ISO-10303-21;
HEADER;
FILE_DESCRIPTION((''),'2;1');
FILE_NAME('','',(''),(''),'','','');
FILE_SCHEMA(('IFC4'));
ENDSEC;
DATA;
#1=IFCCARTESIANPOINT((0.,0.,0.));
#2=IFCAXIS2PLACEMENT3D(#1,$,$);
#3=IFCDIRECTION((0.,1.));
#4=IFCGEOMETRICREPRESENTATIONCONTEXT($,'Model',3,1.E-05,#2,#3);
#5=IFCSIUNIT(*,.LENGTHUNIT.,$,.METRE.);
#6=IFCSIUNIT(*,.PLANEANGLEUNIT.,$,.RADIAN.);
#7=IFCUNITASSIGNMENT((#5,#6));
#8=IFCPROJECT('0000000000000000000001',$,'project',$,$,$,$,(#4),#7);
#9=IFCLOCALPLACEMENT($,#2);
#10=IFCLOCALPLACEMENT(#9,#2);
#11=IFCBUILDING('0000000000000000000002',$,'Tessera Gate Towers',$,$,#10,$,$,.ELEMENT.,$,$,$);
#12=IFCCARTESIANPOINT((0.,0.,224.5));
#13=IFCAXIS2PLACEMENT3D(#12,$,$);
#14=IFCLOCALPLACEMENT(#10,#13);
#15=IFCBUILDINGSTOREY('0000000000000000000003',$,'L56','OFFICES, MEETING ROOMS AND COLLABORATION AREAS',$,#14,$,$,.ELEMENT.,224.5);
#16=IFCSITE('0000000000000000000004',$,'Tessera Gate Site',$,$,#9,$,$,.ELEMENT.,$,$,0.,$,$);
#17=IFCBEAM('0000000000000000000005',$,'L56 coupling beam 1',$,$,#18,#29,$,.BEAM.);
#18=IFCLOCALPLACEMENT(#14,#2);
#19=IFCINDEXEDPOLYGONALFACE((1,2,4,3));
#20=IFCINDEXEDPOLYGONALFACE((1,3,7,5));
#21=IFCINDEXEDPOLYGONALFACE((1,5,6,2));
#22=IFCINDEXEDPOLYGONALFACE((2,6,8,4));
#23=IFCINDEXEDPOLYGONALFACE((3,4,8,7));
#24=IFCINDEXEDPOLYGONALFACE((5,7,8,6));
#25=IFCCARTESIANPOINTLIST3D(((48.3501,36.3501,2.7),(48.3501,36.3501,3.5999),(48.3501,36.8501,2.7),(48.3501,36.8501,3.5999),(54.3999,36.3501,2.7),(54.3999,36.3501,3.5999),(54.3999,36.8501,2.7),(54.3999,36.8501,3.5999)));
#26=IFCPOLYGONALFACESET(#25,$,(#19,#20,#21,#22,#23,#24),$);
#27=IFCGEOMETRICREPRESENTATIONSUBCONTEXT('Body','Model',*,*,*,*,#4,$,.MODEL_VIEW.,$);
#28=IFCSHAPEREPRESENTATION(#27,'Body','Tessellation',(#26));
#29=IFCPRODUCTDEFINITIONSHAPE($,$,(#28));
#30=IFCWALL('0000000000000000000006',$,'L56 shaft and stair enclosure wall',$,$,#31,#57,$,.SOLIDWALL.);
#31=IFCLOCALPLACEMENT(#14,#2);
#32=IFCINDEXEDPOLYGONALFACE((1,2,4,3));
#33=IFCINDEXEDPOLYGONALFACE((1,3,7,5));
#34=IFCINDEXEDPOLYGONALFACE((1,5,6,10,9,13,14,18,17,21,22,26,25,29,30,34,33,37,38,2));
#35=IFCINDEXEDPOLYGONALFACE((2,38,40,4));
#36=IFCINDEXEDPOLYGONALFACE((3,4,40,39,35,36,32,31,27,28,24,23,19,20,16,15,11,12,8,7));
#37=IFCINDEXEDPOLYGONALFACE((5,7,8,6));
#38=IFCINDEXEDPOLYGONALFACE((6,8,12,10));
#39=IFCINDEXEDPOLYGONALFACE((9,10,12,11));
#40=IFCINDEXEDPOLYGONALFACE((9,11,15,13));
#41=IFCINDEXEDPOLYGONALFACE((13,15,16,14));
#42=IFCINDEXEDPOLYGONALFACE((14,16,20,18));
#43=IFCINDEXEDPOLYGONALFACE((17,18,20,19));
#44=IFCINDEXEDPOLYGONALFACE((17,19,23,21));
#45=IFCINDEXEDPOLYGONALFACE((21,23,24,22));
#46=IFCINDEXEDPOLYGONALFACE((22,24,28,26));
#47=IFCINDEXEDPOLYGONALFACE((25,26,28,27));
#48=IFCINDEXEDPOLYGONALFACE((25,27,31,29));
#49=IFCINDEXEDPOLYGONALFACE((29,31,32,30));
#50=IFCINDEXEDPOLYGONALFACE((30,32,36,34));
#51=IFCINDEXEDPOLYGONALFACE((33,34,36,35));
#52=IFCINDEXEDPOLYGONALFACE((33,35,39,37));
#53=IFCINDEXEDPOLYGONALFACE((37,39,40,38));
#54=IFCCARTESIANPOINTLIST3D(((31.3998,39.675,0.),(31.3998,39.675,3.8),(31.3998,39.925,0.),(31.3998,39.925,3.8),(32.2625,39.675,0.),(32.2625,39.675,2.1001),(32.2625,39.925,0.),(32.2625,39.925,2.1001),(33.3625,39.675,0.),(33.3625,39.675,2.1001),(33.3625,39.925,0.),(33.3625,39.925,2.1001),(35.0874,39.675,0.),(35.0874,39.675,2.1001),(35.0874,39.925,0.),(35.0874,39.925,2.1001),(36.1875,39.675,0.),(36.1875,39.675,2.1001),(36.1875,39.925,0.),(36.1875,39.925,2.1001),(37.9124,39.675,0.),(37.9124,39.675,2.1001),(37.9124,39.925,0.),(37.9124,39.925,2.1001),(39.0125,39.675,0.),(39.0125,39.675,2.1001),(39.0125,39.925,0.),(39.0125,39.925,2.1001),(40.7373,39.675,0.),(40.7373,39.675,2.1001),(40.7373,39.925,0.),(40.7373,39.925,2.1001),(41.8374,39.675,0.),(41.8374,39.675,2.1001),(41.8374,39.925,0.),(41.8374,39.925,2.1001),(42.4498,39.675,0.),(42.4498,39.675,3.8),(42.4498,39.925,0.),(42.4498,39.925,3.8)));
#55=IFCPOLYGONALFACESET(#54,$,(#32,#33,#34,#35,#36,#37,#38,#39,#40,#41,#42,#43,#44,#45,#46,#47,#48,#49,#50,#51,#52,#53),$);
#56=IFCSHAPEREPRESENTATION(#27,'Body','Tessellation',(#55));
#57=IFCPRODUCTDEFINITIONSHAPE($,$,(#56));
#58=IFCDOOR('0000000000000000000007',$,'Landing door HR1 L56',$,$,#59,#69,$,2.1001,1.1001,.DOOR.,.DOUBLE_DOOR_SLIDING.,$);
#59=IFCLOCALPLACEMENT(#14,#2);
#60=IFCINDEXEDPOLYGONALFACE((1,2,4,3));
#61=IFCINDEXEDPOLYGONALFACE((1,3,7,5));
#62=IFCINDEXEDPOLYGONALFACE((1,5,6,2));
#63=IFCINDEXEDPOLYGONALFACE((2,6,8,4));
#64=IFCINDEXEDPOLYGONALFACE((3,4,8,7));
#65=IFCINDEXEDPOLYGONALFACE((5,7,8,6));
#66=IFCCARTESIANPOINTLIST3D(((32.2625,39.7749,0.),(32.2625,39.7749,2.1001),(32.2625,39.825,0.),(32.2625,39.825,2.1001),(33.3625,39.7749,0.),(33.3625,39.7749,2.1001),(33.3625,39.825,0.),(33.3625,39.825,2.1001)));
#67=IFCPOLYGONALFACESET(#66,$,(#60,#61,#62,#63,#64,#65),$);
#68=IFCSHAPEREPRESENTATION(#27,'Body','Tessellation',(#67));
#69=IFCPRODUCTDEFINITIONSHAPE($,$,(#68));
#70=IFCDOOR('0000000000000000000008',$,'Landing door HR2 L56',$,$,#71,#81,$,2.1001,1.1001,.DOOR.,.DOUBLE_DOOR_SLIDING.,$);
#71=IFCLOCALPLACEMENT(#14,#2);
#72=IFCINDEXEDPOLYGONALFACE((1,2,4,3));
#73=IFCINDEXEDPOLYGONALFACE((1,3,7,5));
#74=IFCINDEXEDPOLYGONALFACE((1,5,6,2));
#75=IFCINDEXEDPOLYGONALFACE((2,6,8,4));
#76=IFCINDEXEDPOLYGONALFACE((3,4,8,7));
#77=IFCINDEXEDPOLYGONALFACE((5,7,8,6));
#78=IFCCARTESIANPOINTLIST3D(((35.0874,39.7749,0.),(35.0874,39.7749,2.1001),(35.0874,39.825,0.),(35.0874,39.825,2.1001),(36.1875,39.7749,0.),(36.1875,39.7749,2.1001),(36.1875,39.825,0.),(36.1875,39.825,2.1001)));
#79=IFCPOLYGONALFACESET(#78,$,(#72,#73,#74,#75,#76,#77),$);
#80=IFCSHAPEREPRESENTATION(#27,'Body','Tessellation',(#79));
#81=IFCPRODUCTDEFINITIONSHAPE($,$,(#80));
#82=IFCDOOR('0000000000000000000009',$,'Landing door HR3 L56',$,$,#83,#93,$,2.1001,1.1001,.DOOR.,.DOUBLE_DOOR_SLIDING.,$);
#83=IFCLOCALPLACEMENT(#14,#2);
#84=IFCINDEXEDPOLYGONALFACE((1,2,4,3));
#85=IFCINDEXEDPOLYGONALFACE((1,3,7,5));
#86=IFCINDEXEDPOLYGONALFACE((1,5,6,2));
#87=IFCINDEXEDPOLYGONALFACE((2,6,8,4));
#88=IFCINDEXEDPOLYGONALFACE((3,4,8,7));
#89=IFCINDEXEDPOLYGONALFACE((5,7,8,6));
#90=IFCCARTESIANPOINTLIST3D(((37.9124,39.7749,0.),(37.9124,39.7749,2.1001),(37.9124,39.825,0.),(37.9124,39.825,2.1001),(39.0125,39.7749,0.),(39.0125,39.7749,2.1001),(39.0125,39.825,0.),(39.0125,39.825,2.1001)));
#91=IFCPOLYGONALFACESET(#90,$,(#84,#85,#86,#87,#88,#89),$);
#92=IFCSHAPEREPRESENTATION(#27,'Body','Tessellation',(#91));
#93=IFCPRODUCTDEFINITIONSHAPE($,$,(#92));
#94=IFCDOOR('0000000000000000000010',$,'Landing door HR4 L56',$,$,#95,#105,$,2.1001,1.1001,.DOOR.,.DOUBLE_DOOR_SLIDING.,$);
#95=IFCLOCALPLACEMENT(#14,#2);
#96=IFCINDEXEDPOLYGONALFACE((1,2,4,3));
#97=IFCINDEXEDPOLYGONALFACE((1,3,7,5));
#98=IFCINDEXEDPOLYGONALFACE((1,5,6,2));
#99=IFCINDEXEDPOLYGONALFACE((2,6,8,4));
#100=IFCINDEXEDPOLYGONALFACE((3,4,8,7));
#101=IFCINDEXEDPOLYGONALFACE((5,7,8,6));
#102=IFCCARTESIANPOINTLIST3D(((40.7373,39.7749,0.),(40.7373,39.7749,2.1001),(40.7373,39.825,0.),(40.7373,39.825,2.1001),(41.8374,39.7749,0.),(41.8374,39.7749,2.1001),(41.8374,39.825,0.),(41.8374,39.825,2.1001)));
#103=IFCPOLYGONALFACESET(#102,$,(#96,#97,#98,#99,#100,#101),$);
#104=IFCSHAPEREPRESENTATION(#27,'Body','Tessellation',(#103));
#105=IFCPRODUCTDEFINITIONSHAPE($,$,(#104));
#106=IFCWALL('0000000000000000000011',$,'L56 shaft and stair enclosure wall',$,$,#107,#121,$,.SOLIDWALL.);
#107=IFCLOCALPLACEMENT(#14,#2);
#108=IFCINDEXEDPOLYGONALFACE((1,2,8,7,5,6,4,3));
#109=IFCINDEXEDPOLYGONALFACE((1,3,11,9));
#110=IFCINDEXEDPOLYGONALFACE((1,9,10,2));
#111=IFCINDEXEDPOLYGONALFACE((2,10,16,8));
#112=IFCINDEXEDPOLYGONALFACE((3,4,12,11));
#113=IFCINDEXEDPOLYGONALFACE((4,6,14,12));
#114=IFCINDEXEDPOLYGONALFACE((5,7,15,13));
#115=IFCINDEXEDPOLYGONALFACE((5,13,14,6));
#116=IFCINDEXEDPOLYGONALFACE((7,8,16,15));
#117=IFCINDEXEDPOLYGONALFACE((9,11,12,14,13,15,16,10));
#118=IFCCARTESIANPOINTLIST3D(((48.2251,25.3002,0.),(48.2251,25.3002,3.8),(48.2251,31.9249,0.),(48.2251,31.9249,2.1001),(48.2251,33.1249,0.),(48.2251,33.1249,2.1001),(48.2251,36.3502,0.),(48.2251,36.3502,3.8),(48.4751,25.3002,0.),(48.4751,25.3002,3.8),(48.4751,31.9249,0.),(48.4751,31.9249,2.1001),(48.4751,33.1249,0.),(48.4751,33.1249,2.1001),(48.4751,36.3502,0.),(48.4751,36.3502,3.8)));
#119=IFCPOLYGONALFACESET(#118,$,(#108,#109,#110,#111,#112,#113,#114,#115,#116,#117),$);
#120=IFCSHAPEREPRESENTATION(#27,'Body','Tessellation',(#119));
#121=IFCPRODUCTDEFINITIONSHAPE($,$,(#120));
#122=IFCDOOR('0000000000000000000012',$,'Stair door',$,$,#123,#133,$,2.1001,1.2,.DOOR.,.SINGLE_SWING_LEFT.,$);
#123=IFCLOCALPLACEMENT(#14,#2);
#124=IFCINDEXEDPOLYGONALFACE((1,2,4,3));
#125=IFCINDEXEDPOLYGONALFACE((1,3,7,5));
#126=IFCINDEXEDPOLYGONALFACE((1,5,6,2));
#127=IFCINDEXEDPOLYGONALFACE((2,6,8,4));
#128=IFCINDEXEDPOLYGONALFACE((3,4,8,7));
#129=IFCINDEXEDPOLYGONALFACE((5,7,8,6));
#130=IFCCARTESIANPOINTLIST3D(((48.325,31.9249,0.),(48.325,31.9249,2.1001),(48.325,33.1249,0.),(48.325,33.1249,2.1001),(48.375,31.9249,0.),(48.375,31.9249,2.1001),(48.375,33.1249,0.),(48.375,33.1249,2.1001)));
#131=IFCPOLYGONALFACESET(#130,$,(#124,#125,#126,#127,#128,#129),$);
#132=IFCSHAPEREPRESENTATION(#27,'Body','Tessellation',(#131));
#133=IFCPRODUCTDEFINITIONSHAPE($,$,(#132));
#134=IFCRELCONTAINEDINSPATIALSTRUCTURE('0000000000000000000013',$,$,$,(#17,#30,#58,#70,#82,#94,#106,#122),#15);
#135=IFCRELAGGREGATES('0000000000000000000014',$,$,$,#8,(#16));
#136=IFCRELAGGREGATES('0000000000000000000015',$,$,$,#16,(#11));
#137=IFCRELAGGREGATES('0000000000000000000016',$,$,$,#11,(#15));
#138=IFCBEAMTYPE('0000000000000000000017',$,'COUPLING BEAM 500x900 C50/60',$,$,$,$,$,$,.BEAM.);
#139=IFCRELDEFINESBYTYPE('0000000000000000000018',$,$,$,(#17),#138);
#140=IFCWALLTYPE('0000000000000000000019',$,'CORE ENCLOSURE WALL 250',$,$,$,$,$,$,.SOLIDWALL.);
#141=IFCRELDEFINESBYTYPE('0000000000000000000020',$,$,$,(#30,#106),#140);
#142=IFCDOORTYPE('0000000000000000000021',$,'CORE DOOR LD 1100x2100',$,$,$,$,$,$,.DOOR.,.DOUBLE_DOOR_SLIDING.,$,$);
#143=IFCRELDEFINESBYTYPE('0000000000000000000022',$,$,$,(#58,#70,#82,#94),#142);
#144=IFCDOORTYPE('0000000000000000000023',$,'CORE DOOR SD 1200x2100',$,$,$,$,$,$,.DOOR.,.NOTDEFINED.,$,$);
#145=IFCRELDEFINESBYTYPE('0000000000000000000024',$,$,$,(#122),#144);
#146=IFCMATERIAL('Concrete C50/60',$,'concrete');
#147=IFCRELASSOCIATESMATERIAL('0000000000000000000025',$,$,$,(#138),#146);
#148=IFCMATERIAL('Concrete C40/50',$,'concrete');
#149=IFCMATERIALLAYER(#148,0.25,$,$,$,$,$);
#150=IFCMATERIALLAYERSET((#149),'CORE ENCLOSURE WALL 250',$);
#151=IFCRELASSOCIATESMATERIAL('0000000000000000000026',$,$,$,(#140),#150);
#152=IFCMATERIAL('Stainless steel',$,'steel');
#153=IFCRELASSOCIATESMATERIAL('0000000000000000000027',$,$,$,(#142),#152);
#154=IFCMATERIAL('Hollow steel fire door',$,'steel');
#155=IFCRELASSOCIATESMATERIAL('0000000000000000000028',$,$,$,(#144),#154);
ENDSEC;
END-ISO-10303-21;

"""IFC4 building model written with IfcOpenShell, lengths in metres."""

from ifc_helpers import new_model, si_unit, direction, frame, frame_2d, origin, origin_2d, place, context, subcontext, project, spatial, rectangle, extrude, source, transform, mapped, material, layer, layer_set, material_profile, profile_set, type_object, element, fill, save


model = new_model("IFC4")

# Units and contexts
model_context = context("Model", 3, precision=1e-05, world=origin(), true_north=direction((0.0, 1.0)))
body_context = subcontext(model_context, "Body", "Model", "MODEL_VIEW")
ifc_project = project(units=[si_unit("LENGTHUNIT", "METRE"), si_unit("PLANEANGLEUNIT", "RADIAN")], contexts=[model_context])

# Site, building, storey
site_placement = place(None, origin())
site = spatial("IfcSite", under=ifc_project, at=site_placement, Name="Tessera Gate Site", CompositionType="ELEMENT", RefElevation=0.0)
building_placement = place(site_placement, origin())
building = spatial("IfcBuilding", under=site, at=building_placement, Name="Tessera Gate Towers", CompositionType="ELEMENT")
storey_placement = place(building_placement, frame((0.0, 0.0, 224.5)))
storey = spatial("IfcBuildingStorey", under=building, at=storey_placement, Name="L56", Description="OFFICES, MEETING ROOMS AND COLLABORATION AREAS", CompositionType="ELEMENT", Elevation=224.5)

# Beam
ifc_material_1 = material(Name="Concrete C50/60", Category="concrete")
ifc_material_profile = material_profile(ifc_material_1, rectangle(XDim=0.5, YDim=0.8999, at=origin_2d()), Name="RC 500x900")
ifc_profile_set = profile_set([ifc_material_profile], Name="Concrete C50/60")
beam_type = type_object("IfcBeamType", Name="COUPLING BEAM 500x900 C50/60", PredefinedType="BEAM", material=ifc_profile_set)
beam_placement = place(storey_placement, frame((48.3501, 36.6001, 3.1499), z_axis=(1.0, 0.0, 0.0), x_axis=(0.0, 1.0, 0.0)))
element("IfcBeam", 1, at=beam_placement, inside=storey, type_object=beam_type, Name="L56 coupling beam 1", PredefinedType="BEAM", context=body_context, shape_type="SweptSolid", body=[
    extrude(rectangle(XDim=0.5, YDim=0.8999, at=origin_2d()), origin(), (0.0, 0.0, 1.0), 6.0498),
])

# Wall, openings, doors
ifc_material_2 = material(Name="Concrete C40/50", Category="concrete")
ifc_layer_1 = layer(ifc_material_2, 0.25)
ifc_layer_set_1 = layer_set([ifc_layer_1], Name="CORE ENCLOSURE WALL 250")
wall_type_1 = type_object("IfcWallType", Name="CORE ENCLOSURE WALL 250", PredefinedType="SOLIDWALL", material=ifc_layer_set_1)
wall_1_placement = place(storey_placement, frame((31.3999, 39.8, 0.0), z_axis=(0.0, 0.0, 1.0), x_axis=(1.0, 0.0, 0.0)))
wall_1 = element("IfcWall", 2, at=wall_1_placement, inside=storey, type_object=wall_type_1, Name="L56 shaft and stair enclosure wall", PredefinedType="SOLIDWALL", context=body_context, shape_type="SweptSolid", body=[
    extrude(rectangle(XDim=11.05, YDim=0.25, at=frame_2d((5.5249, 0.0))), origin(), (0.0, 0.0, 1.0), 3.8),
])
shared_shape_1 = source(origin(), body_context, "Body", "SweptSolid", [
    extrude(rectangle(XDim=1.1001, YDim=2.1001, at=frame_2d((0.55, 1.05))), frame((0.0, 0.135, 0.0), z_axis=(0.0, -1.0, 0.0), x_axis=(1.0, 0.0, 0.0)), (0.0, 0.0, 1.0), 0.27),
])
opening_1_placement = place(wall_1_placement, frame((0.8625, 0.0, 0.0)))
opening_1 = element("IfcOpeningElement", 3, at=opening_1_placement, cuts=wall_1, PredefinedType="OPENING", context=body_context, shape_type="MappedRepresentation", body=[
    mapped(shared_shape_1, transform((0.0, 0.0, 0.0), scale=1.0)),
])
opening_2_placement = place(wall_1_placement, frame((3.6875, 0.0, 0.0)))
opening_2 = element("IfcOpeningElement", 4, at=opening_2_placement, cuts=wall_1, PredefinedType="OPENING", context=body_context, shape_type="MappedRepresentation", body=[
    mapped(shared_shape_1, transform((0.0, 0.0, 0.0), scale=1.0)),
])
opening_3_placement = place(wall_1_placement, frame((6.5125, 0.0, 0.0)))
opening_3 = element("IfcOpeningElement", 5, at=opening_3_placement, cuts=wall_1, PredefinedType="OPENING", context=body_context, shape_type="MappedRepresentation", body=[
    mapped(shared_shape_1, transform((0.0, 0.0, 0.0), scale=1.0)),
])
opening_4_placement = place(wall_1_placement, frame((9.3374, 0.0, 0.0)))
opening_4 = element("IfcOpeningElement", 6, at=opening_4_placement, cuts=wall_1, PredefinedType="OPENING", context=body_context, shape_type="MappedRepresentation", body=[
    mapped(shared_shape_1, transform((0.0, 0.0, 0.0), scale=1.0)),
])
ifc_material_3 = material(Name="Stainless steel", Category="steel")
door_type_1 = type_object("IfcDoorType", Name="CORE DOOR LD 1100x2100", OperationType="DOUBLE_DOOR_SLIDING", PredefinedType="DOOR", material=ifc_material_3)
shared_shape_2 = source(origin(), body_context, "Body", "SweptSolid", [
    extrude(rectangle(XDim=1.1001, YDim=2.1001, at=frame_2d((0.55, 1.05))), frame((0.0, 0.0249, 0.0), z_axis=(0.0, -1.0, 0.0), x_axis=(1.0, 0.0, 0.0)), (0.0, 0.0, 1.0), 0.05),
])
door_1_placement = place(opening_1_placement, origin())
door_1 = element("IfcDoor", 7, at=door_1_placement, inside=storey, type_object=door_type_1, Name="Landing door HR1 L56", OperationType="DOUBLE_DOOR_SLIDING", OverallHeight=2.1001, OverallWidth=1.1001, PredefinedType="DOOR", context=body_context, shape_type="MappedRepresentation", body=[
    mapped(shared_shape_2, transform((0.0, 0.0, 0.0), scale=1.0)),
])
fill(opening_1, door_1)
door_2_placement = place(opening_2_placement, origin())
door_2 = element("IfcDoor", 8, at=door_2_placement, inside=storey, type_object=door_type_1, Name="Landing door HR2 L56", OperationType="DOUBLE_DOOR_SLIDING", OverallHeight=2.1001, OverallWidth=1.1001, PredefinedType="DOOR", context=body_context, shape_type="MappedRepresentation", body=[
    mapped(shared_shape_2, transform((0.0, 0.0, 0.0), scale=1.0)),
])
fill(opening_2, door_2)
door_3_placement = place(opening_3_placement, origin())
door_3 = element("IfcDoor", 9, at=door_3_placement, inside=storey, type_object=door_type_1, Name="Landing door HR3 L56", OperationType="DOUBLE_DOOR_SLIDING", OverallHeight=2.1001, OverallWidth=1.1001, PredefinedType="DOOR", context=body_context, shape_type="MappedRepresentation", body=[
    mapped(shared_shape_2, transform((0.0, 0.0, 0.0), scale=1.0)),
])
fill(opening_3, door_3)
door_4_placement = place(opening_4_placement, origin())
door_4 = element("IfcDoor", 10, at=door_4_placement, inside=storey, type_object=door_type_1, Name="Landing door HR4 L56", OperationType="DOUBLE_DOOR_SLIDING", OverallHeight=2.1001, OverallWidth=1.1001, PredefinedType="DOOR", context=body_context, shape_type="MappedRepresentation", body=[
    mapped(shared_shape_2, transform((0.0, 0.0, 0.0), scale=1.0)),
])
fill(opening_4, door_4)

# Wall, opening, door
wall_2_placement = place(storey_placement, frame((48.3501, 36.3501, 0.0), z_axis=(0.0, 0.0, 1.0), x_axis=(0.0, -1.0, 0.0)))
wall_2 = element("IfcWall", 11, at=wall_2_placement, inside=storey, type_object=wall_type_1, Name="L56 shaft and stair enclosure wall", PredefinedType="SOLIDWALL", context=body_context, shape_type="SweptSolid", body=[
    extrude(rectangle(XDim=11.05, YDim=0.25, at=frame_2d((5.5249, 0.0))), origin(), (0.0, 0.0, 1.0), 3.8),
])
shared_shape_3 = source(origin(), body_context, "Body", "SweptSolid", [
    extrude(rectangle(XDim=1.2, YDim=2.1001, at=frame_2d((0.6001, 1.05))), frame((0.0, 0.135, 0.0), z_axis=(0.0, -1.0, 0.0), x_axis=(1.0, 0.0, 0.0)), (0.0, 0.0, 1.0), 0.27),
])
opening_5_placement = place(wall_2_placement, frame((3.2251, 0.0, 0.0)))
opening_5 = element("IfcOpeningElement", 12, at=opening_5_placement, cuts=wall_2, PredefinedType="OPENING", context=body_context, shape_type="MappedRepresentation", body=[
    mapped(shared_shape_3, transform((0.0, 0.0, 0.0), scale=1.0)),
])
ifc_material_4 = material(Name="Hollow steel fire door", Category="steel")
door_type_2 = type_object("IfcDoorType", Name="CORE DOOR SD 1200x2100", OperationType="NOTDEFINED", PredefinedType="DOOR", material=ifc_material_4)
shared_shape_4 = source(origin(), body_context, "Body", "SweptSolid", [
    extrude(rectangle(XDim=1.2, YDim=2.1001, at=frame_2d((0.6001, 1.05))), frame((0.0, 0.0249, 0.0), z_axis=(0.0, -1.0, 0.0), x_axis=(1.0, 0.0, 0.0)), (0.0, 0.0, 1.0), 0.05),
])
door_5_placement = place(opening_5_placement, origin())
door_5 = element("IfcDoor", 13, at=door_5_placement, inside=storey, type_object=door_type_2, Name="Stair door", OperationType="SINGLE_SWING_LEFT", OverallHeight=2.1001, OverallWidth=1.2, PredefinedType="DOOR", context=body_context, shape_type="MappedRepresentation", body=[
    mapped(shared_shape_4, transform((0.0, 0.0, 0.0), scale=1.0)),
])
fill(opening_5, door_5)

save(model, "model.ifc")
